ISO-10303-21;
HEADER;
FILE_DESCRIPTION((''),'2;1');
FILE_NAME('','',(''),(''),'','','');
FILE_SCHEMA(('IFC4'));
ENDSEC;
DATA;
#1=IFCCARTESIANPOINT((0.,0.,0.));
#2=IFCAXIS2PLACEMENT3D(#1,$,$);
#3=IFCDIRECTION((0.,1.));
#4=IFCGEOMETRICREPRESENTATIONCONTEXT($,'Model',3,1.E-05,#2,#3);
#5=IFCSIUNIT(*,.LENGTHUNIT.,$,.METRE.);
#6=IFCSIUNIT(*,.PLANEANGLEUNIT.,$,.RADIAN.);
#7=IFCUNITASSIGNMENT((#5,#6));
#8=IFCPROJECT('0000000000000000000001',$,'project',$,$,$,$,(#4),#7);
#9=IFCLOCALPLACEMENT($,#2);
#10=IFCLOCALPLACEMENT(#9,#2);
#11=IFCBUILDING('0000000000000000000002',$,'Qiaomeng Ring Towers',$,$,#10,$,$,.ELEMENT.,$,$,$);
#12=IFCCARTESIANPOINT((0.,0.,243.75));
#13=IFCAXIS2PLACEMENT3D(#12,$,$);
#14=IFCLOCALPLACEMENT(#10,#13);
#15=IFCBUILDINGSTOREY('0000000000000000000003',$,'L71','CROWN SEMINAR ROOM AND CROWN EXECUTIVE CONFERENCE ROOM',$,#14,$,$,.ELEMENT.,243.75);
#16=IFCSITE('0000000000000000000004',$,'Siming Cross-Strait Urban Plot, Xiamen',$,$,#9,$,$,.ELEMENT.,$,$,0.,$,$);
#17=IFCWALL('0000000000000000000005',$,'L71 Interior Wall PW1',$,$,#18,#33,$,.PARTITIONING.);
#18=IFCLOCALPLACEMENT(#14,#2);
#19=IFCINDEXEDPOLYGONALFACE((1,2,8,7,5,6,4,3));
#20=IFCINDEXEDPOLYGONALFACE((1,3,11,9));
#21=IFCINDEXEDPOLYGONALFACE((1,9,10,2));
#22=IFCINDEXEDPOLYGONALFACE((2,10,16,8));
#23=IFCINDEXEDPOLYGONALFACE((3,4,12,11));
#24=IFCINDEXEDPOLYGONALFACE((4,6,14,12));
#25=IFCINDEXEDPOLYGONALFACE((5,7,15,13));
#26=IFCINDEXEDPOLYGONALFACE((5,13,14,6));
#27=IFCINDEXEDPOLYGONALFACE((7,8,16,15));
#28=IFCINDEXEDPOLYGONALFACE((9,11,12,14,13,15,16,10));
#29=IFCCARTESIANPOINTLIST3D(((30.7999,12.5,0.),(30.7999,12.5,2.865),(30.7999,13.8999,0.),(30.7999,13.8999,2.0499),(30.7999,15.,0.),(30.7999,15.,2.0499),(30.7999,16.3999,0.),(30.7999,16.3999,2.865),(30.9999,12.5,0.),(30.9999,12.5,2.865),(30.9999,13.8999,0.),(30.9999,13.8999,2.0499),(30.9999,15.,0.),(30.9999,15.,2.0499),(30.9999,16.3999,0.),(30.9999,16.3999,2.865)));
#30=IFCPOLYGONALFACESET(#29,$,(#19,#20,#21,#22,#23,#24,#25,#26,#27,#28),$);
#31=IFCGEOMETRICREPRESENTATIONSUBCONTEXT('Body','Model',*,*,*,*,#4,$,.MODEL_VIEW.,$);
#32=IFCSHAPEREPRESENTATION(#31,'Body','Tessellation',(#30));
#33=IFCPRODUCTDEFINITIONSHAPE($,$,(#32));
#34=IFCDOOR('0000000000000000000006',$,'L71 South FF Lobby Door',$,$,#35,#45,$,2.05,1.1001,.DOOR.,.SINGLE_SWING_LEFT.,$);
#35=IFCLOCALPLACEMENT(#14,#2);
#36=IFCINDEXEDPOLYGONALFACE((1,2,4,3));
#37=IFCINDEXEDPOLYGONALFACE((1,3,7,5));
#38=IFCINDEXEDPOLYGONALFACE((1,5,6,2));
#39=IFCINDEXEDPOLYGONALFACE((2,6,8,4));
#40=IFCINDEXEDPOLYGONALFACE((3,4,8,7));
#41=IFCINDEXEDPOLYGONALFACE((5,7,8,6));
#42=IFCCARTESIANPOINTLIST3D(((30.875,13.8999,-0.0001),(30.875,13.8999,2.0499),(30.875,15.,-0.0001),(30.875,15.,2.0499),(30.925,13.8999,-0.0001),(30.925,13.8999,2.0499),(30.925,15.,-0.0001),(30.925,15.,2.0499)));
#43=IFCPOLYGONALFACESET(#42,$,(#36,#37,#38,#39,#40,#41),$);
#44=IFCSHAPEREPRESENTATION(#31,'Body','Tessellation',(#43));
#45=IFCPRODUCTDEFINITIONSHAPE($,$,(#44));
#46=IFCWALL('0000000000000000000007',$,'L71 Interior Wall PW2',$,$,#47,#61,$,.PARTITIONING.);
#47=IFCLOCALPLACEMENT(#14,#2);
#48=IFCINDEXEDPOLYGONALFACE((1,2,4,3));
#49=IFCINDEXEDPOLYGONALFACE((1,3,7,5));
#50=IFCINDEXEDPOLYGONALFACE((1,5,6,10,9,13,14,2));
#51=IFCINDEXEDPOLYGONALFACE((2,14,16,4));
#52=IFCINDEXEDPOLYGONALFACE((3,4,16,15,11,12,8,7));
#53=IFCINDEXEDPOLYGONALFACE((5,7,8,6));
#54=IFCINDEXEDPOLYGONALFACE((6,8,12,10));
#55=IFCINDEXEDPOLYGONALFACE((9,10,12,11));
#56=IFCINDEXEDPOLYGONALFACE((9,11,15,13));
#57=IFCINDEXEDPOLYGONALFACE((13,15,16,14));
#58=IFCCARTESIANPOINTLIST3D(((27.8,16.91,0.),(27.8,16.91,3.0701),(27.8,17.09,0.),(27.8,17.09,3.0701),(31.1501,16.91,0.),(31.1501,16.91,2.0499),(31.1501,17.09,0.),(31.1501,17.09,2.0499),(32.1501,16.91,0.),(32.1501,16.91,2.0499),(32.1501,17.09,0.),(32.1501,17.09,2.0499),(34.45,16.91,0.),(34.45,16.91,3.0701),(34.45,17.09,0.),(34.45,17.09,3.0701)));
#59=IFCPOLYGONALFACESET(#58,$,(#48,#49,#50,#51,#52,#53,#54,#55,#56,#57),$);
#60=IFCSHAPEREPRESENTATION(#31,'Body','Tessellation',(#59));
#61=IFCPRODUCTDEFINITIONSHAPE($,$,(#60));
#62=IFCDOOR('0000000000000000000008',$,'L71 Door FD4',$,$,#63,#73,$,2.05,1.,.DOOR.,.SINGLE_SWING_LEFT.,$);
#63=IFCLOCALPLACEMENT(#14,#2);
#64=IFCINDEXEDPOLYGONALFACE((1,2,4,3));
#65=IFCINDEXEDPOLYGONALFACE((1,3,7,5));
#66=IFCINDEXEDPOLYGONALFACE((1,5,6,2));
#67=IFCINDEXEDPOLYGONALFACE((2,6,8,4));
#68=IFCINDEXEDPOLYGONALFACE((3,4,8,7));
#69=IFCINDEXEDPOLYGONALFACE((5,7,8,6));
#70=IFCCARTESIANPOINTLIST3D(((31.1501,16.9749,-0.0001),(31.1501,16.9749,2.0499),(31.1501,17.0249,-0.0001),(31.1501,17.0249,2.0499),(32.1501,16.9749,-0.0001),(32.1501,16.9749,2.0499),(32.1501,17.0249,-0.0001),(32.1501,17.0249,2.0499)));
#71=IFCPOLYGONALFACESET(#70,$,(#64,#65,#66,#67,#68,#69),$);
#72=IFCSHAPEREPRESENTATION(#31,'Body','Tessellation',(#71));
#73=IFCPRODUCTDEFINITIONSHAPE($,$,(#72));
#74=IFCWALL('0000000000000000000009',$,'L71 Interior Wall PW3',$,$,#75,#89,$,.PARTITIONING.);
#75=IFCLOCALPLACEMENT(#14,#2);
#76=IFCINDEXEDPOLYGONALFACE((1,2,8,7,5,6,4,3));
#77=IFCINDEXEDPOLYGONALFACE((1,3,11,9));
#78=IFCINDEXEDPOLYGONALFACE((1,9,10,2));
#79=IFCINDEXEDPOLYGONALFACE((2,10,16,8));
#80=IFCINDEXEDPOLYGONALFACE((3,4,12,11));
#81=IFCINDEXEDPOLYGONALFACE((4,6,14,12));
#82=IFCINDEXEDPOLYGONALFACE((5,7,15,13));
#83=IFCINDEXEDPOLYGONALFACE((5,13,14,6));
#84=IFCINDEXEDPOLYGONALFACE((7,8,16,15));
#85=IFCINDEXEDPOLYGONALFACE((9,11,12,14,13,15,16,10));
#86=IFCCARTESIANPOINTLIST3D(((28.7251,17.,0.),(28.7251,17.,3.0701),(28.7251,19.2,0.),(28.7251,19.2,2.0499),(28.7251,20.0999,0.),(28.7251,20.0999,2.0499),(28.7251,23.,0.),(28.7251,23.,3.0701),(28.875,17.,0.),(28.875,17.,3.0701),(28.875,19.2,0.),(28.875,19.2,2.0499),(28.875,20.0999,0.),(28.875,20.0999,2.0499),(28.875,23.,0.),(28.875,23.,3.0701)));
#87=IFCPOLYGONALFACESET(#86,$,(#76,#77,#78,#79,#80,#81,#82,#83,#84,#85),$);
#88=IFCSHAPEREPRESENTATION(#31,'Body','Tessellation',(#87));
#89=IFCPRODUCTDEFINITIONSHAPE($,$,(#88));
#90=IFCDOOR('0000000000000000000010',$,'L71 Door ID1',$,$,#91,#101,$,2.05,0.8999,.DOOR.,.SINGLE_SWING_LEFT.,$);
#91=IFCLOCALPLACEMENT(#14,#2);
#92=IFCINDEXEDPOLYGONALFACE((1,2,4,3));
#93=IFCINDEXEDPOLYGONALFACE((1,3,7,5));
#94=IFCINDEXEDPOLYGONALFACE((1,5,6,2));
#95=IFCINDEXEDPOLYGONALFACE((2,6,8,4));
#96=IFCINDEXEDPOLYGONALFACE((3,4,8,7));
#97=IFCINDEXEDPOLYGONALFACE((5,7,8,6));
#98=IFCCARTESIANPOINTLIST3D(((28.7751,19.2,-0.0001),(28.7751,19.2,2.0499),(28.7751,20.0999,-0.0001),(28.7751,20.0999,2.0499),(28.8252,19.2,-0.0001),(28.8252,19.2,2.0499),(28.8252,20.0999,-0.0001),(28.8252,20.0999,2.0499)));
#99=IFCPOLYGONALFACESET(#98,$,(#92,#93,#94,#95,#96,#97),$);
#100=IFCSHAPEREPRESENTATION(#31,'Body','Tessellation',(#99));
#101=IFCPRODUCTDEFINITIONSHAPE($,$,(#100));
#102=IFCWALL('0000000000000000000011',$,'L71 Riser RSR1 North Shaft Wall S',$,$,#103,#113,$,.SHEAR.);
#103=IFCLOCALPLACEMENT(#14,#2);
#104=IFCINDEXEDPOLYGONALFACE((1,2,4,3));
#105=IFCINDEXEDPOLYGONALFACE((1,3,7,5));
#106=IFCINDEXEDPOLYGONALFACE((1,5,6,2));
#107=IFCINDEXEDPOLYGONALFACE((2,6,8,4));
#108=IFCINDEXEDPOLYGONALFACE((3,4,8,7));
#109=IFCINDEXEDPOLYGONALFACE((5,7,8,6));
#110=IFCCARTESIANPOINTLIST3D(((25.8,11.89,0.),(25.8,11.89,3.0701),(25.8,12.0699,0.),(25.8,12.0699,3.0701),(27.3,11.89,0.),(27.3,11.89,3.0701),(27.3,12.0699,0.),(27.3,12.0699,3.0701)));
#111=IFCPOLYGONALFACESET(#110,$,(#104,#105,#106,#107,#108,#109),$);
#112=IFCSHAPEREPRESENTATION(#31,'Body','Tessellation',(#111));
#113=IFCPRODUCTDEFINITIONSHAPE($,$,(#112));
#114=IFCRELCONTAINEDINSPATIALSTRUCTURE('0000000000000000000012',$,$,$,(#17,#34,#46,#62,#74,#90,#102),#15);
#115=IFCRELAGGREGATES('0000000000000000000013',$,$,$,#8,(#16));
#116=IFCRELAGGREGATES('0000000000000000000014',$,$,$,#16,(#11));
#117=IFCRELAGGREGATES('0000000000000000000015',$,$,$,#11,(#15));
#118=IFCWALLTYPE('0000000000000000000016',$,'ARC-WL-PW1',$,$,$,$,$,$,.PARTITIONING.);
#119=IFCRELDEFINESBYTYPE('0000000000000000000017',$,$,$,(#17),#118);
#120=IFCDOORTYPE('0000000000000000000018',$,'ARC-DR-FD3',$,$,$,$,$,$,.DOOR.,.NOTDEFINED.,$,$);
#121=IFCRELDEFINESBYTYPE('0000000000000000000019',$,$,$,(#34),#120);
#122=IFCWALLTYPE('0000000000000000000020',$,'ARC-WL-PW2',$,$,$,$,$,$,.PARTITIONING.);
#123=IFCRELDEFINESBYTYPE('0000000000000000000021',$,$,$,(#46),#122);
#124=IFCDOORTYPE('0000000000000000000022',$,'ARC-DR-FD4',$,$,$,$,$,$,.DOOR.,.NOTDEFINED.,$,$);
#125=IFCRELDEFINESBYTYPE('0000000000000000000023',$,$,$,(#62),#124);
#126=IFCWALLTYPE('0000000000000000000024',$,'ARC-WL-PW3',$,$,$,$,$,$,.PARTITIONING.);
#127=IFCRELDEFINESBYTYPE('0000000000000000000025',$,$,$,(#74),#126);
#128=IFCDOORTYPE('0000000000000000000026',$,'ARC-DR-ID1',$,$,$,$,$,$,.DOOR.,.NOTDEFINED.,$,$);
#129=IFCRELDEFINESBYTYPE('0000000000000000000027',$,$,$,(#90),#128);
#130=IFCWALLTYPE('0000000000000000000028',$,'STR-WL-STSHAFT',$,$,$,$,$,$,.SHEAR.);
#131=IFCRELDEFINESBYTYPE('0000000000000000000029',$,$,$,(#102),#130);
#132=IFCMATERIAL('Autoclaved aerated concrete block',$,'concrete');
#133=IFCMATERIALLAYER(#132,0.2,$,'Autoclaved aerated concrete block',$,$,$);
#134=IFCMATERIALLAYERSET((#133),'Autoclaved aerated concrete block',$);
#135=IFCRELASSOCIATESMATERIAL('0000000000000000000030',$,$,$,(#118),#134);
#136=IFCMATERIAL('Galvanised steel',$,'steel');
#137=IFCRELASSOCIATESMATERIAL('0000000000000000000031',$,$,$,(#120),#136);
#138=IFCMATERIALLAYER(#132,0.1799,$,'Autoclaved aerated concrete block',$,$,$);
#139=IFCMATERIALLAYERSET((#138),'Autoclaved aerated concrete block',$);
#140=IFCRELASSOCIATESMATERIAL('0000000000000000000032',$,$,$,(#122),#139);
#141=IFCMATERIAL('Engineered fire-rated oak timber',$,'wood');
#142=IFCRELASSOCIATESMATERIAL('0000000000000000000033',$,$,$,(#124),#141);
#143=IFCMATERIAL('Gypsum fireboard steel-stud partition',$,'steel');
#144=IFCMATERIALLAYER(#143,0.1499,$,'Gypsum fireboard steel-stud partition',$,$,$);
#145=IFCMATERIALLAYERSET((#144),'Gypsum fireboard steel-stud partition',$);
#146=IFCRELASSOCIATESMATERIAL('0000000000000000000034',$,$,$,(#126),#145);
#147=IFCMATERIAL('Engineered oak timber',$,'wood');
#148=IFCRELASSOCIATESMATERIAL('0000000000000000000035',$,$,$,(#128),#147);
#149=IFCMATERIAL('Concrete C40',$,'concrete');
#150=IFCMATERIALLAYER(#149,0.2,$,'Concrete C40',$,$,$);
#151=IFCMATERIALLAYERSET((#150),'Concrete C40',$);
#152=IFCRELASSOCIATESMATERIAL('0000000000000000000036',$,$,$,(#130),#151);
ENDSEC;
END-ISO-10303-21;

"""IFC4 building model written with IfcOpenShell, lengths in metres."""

from ifc_helpers import new_model, si_unit, direction, frame, frame_2d, origin, place, context, subcontext, project, spatial, rectangle, extrude, source, transform, mapped, material, layer, layer_set, type_object, element, fill, save


model = new_model("IFC4")

# Units and contexts
model_context = context("Model", 3, precision=1e-05, world=origin(), true_north=direction((0.0, 1.0)))
body_context = subcontext(model_context, "Body", "Model", "MODEL_VIEW")
ifc_project = project(units=[si_unit("LENGTHUNIT", "METRE"), si_unit("PLANEANGLEUNIT", "RADIAN")], contexts=[model_context])

# Site, building, storey
site_placement = place(None, origin())
site = spatial("IfcSite", under=ifc_project, at=site_placement, Name="Siming Cross-Strait Urban Plot, Xiamen", CompositionType="ELEMENT", RefElevation=0.0)
building_placement = place(site_placement, origin())
building = spatial("IfcBuilding", under=site, at=building_placement, Name="Qiaomeng Ring Towers", CompositionType="ELEMENT")
storey_placement = place(building_placement, frame((0.0, 0.0, 243.75)))
storey = spatial("IfcBuildingStorey", under=building, at=storey_placement, Name="L71", Description="CROWN SEMINAR ROOM AND CROWN EXECUTIVE CONFERENCE ROOM", CompositionType="ELEMENT", Elevation=243.75)

# Shared definitions
ifc_material_1 = material(Name="Concrete C40", Category="concrete")

# Shared definitions
ifc_material_2 = material(Name="Autoclaved aerated concrete block", Category="concrete")
ifc_layer_1 = layer(ifc_material_2, 0.2, Name="Autoclaved aerated concrete block")
ifc_layer_set_1 = layer_set([ifc_layer_1], Name="Autoclaved aerated concrete block")
wall_type_1 = type_object("IfcWallType", Name="ARC-WL-PW1", PredefinedType="PARTITIONING", material=ifc_layer_set_1)

# Walls, openings, doors
wall_1_placement = place(storey_placement, frame((30.8999, 12.5, 0.0), z_axis=(0.0, 0.0, 1.0), x_axis=(0.0, 1.0, 0.0)))
wall_1 = element("IfcWall", 1, at=wall_1_placement, inside=storey, type_object=wall_type_1, Name="L71 Interior Wall PW1", PredefinedType="PARTITIONING", context=body_context, shape_type="SweptSolid", body=[
    extrude(rectangle(XDim=3.8999, YDim=0.2, at=frame_2d((1.95, 0.0))), origin(), (0.0, 0.0, 1.0), 2.865),
])
opening_1_placement = place(wall_1_placement, frame((1.3999, 0.0, 0.0)))
opening_1 = element("IfcOpeningElement", 2, at=opening_1_placement, cuts=wall_1, PredefinedType="OPENING", context=body_context, shape_type="SweptSolid", body=[
    extrude(rectangle(XDim=1.1001, YDim=2.05, at=frame_2d((0.55, 1.0249))), frame((0.0, 0.1099, 0.0), z_axis=(0.0, -1.0, 0.0), x_axis=(1.0, 0.0, 0.0)), (0.0, 0.0, 1.0), 0.22),
])
ifc_material_3 = material(Name="Galvanised steel", Category="steel")
door_type_1 = type_object("IfcDoorType", Name="ARC-DR-FD3", OperationType="NOTDEFINED", PredefinedType="DOOR", material=ifc_material_3)
shared_shape_1 = source(origin(), body_context, "Body", "SweptSolid", [
    extrude(rectangle(XDim=1.1001, YDim=2.05, at=frame_2d((0.55, 1.0249))), frame((0.0, 0.0249, 0.0), z_axis=(0.0, -1.0, 0.0), x_axis=(1.0, 0.0, 0.0)), (0.0, 0.0, 1.0), 0.05),
])
door_1_placement = place(opening_1_placement, origin())
door_1 = element("IfcDoor", 3, at=door_1_placement, inside=storey, type_object=door_type_1, Name="L71 South FF Lobby Door", OperationType="SINGLE_SWING_LEFT", OverallHeight=2.05, OverallWidth=1.1001, PredefinedType="DOOR", context=body_context, shape_type="MappedRepresentation", body=[
    mapped(shared_shape_1, transform((0.0, 0.0, 0.0), x_axis=(1.0, 0.0, 0.0), y_axis=(0.0, 1.0, 0.0), z_axis=(0.0, 0.0, 1.0), scale=1.0)),
])
fill(opening_1, door_1)
ifc_layer_2 = layer(ifc_material_2, 0.1799, Name="Autoclaved aerated concrete block")
ifc_layer_set_2 = layer_set([ifc_layer_2], Name="Autoclaved aerated concrete block")
wall_type_2 = type_object("IfcWallType", Name="ARC-WL-PW2", PredefinedType="PARTITIONING", material=ifc_layer_set_2)
wall_2_placement = place(storey_placement, frame((27.8, 17.0, 0.0), z_axis=(0.0, 0.0, 1.0), x_axis=(1.0, 0.0, 0.0)))
wall_2 = element("IfcWall", 4, at=wall_2_placement, inside=storey, type_object=wall_type_2, Name="L71 Interior Wall PW2", PredefinedType="PARTITIONING", context=body_context, shape_type="SweptSolid", body=[
    extrude(rectangle(XDim=6.6499, YDim=0.1799, at=frame_2d((3.325, 0.0))), origin(), (0.0, 0.0, 1.0), 3.0701),
])
opening_2_placement = place(wall_2_placement, frame((3.3501, 0.0, 0.0)))
opening_2 = element("IfcOpeningElement", 5, at=opening_2_placement, cuts=wall_2, PredefinedType="OPENING", context=body_context, shape_type="SweptSolid", body=[
    extrude(rectangle(XDim=1.0, YDim=2.05, at=frame_2d((0.5, 1.0249))), frame((0.0, 0.0999, 0.0), z_axis=(0.0, -1.0, 0.0), x_axis=(1.0, 0.0, 0.0)), (0.0, 0.0, 1.0), 0.2),
])
ifc_material_4 = material(Name="Engineered fire-rated oak timber", Category="wood")
door_type_2 = type_object("IfcDoorType", Name="ARC-DR-FD4", OperationType="NOTDEFINED", PredefinedType="DOOR", material=ifc_material_4)
shared_shape_2 = source(origin(), body_context, "Body", "SweptSolid", [
    extrude(rectangle(XDim=1.0, YDim=2.05, at=frame_2d((0.5, 1.0249))), frame((0.0, 0.0249, 0.0), z_axis=(0.0, -1.0, 0.0), x_axis=(1.0, 0.0, 0.0)), (0.0, 0.0, 1.0), 0.05),
])
door_2_placement = place(opening_2_placement, origin())
door_2 = element("IfcDoor", 6, at=door_2_placement, inside=storey, type_object=door_type_2, Name="L71 Door FD4", OperationType="SINGLE_SWING_LEFT", OverallHeight=2.05, OverallWidth=1.0, PredefinedType="DOOR", context=body_context, shape_type="MappedRepresentation", body=[
    mapped(shared_shape_2, transform((0.0, 0.0, 0.0), x_axis=(1.0, 0.0, 0.0), y_axis=(0.0, 1.0, 0.0), z_axis=(0.0, 0.0, 1.0), scale=1.0)),
])
fill(opening_2, door_2)
ifc_material_5 = material(Name="Gypsum fireboard steel-stud partition", Category="steel")
ifc_layer_3 = layer(ifc_material_5, 0.1499, Name="Gypsum fireboard steel-stud partition")
ifc_layer_set_3 = layer_set([ifc_layer_3], Name="Gypsum fireboard steel-stud partition")
wall_type_3 = type_object("IfcWallType", Name="ARC-WL-PW3", PredefinedType="PARTITIONING", material=ifc_layer_set_3)
wall_3_placement = place(storey_placement, frame((28.8, 17.0, 0.0), z_axis=(0.0, 0.0, 1.0), x_axis=(0.0, 1.0, 0.0)))
wall_3 = element("IfcWall", 7, at=wall_3_placement, inside=storey, type_object=wall_type_3, Name="L71 Interior Wall PW3", PredefinedType="PARTITIONING", context=body_context, shape_type="SweptSolid", body=[
    extrude(rectangle(XDim=6.0, YDim=0.1499, at=frame_2d((3.0, 0.0))), origin(), (0.0, 0.0, 1.0), 3.0701),
])
opening_3_placement = place(wall_3_placement, frame((2.2, 0.0, 0.0)))
opening_3 = element("IfcOpeningElement", 8, at=opening_3_placement, cuts=wall_3, PredefinedType="OPENING", context=body_context, shape_type="SweptSolid", body=[
    extrude(rectangle(XDim=0.8999, YDim=2.05, at=frame_2d((0.45, 1.0249))), frame((0.0, 0.085, 0.0), z_axis=(0.0, -1.0, 0.0), x_axis=(1.0, 0.0, 0.0)), (0.0, 0.0, 1.0), 0.1699),
])
ifc_material_6 = material(Name="Engineered oak timber", Category="wood")
door_type_3 = type_object("IfcDoorType", Name="ARC-DR-ID1", OperationType="NOTDEFINED", PredefinedType="DOOR", material=ifc_material_6)
shared_shape_3 = source(origin(), body_context, "Body", "SweptSolid", [
    extrude(rectangle(XDim=0.8999, YDim=2.05, at=frame_2d((0.45, 1.0249))), frame((0.0, 0.0249, 0.0), z_axis=(0.0, -1.0, 0.0), x_axis=(1.0, 0.0, 0.0)), (0.0, 0.0, 1.0), 0.05),
])
door_3_placement = place(opening_3_placement, origin())
door_3 = element("IfcDoor", 9, at=door_3_placement, inside=storey, type_object=door_type_3, Name="L71 Door ID1", OperationType="SINGLE_SWING_LEFT", OverallHeight=2.05, OverallWidth=0.8999, PredefinedType="DOOR", context=body_context, shape_type="MappedRepresentation", body=[
    mapped(shared_shape_3, transform((0.0, 0.0, 0.0), x_axis=(1.0, 0.0, 0.0), y_axis=(0.0, 1.0, 0.0), z_axis=(0.0, 0.0, 1.0), scale=1.0)),
])
fill(opening_3, door_3)

# Wall
ifc_layer_4 = layer(ifc_material_1, 0.2, Name="Concrete C40")
ifc_layer_set_4 = layer_set([ifc_layer_4], Name="Concrete C40")
wall_type_4 = type_object("IfcWallType", Name="STR-WL-STSHAFT", PredefinedType="SHEAR", material=ifc_layer_set_4)
wall_4_placement = place(storey_placement, frame((25.8, 11.98, 0.0), z_axis=(0.0, 0.0, 1.0), x_axis=(1.0, 0.0, 0.0)))
element("IfcWall", 10, at=wall_4_placement, inside=storey, type_object=wall_type_4, Name="L71 Riser RSR1 North Shaft Wall S", PredefinedType="SHEAR", context=body_context, shape_type="SweptSolid", body=[
    extrude(rectangle(XDim=1.5, YDim=0.1799, at=frame_2d((0.75, 0.0))), origin(), (0.0, 0.0, 1.0), 3.0701),
])

save(model, "model.ifc")
